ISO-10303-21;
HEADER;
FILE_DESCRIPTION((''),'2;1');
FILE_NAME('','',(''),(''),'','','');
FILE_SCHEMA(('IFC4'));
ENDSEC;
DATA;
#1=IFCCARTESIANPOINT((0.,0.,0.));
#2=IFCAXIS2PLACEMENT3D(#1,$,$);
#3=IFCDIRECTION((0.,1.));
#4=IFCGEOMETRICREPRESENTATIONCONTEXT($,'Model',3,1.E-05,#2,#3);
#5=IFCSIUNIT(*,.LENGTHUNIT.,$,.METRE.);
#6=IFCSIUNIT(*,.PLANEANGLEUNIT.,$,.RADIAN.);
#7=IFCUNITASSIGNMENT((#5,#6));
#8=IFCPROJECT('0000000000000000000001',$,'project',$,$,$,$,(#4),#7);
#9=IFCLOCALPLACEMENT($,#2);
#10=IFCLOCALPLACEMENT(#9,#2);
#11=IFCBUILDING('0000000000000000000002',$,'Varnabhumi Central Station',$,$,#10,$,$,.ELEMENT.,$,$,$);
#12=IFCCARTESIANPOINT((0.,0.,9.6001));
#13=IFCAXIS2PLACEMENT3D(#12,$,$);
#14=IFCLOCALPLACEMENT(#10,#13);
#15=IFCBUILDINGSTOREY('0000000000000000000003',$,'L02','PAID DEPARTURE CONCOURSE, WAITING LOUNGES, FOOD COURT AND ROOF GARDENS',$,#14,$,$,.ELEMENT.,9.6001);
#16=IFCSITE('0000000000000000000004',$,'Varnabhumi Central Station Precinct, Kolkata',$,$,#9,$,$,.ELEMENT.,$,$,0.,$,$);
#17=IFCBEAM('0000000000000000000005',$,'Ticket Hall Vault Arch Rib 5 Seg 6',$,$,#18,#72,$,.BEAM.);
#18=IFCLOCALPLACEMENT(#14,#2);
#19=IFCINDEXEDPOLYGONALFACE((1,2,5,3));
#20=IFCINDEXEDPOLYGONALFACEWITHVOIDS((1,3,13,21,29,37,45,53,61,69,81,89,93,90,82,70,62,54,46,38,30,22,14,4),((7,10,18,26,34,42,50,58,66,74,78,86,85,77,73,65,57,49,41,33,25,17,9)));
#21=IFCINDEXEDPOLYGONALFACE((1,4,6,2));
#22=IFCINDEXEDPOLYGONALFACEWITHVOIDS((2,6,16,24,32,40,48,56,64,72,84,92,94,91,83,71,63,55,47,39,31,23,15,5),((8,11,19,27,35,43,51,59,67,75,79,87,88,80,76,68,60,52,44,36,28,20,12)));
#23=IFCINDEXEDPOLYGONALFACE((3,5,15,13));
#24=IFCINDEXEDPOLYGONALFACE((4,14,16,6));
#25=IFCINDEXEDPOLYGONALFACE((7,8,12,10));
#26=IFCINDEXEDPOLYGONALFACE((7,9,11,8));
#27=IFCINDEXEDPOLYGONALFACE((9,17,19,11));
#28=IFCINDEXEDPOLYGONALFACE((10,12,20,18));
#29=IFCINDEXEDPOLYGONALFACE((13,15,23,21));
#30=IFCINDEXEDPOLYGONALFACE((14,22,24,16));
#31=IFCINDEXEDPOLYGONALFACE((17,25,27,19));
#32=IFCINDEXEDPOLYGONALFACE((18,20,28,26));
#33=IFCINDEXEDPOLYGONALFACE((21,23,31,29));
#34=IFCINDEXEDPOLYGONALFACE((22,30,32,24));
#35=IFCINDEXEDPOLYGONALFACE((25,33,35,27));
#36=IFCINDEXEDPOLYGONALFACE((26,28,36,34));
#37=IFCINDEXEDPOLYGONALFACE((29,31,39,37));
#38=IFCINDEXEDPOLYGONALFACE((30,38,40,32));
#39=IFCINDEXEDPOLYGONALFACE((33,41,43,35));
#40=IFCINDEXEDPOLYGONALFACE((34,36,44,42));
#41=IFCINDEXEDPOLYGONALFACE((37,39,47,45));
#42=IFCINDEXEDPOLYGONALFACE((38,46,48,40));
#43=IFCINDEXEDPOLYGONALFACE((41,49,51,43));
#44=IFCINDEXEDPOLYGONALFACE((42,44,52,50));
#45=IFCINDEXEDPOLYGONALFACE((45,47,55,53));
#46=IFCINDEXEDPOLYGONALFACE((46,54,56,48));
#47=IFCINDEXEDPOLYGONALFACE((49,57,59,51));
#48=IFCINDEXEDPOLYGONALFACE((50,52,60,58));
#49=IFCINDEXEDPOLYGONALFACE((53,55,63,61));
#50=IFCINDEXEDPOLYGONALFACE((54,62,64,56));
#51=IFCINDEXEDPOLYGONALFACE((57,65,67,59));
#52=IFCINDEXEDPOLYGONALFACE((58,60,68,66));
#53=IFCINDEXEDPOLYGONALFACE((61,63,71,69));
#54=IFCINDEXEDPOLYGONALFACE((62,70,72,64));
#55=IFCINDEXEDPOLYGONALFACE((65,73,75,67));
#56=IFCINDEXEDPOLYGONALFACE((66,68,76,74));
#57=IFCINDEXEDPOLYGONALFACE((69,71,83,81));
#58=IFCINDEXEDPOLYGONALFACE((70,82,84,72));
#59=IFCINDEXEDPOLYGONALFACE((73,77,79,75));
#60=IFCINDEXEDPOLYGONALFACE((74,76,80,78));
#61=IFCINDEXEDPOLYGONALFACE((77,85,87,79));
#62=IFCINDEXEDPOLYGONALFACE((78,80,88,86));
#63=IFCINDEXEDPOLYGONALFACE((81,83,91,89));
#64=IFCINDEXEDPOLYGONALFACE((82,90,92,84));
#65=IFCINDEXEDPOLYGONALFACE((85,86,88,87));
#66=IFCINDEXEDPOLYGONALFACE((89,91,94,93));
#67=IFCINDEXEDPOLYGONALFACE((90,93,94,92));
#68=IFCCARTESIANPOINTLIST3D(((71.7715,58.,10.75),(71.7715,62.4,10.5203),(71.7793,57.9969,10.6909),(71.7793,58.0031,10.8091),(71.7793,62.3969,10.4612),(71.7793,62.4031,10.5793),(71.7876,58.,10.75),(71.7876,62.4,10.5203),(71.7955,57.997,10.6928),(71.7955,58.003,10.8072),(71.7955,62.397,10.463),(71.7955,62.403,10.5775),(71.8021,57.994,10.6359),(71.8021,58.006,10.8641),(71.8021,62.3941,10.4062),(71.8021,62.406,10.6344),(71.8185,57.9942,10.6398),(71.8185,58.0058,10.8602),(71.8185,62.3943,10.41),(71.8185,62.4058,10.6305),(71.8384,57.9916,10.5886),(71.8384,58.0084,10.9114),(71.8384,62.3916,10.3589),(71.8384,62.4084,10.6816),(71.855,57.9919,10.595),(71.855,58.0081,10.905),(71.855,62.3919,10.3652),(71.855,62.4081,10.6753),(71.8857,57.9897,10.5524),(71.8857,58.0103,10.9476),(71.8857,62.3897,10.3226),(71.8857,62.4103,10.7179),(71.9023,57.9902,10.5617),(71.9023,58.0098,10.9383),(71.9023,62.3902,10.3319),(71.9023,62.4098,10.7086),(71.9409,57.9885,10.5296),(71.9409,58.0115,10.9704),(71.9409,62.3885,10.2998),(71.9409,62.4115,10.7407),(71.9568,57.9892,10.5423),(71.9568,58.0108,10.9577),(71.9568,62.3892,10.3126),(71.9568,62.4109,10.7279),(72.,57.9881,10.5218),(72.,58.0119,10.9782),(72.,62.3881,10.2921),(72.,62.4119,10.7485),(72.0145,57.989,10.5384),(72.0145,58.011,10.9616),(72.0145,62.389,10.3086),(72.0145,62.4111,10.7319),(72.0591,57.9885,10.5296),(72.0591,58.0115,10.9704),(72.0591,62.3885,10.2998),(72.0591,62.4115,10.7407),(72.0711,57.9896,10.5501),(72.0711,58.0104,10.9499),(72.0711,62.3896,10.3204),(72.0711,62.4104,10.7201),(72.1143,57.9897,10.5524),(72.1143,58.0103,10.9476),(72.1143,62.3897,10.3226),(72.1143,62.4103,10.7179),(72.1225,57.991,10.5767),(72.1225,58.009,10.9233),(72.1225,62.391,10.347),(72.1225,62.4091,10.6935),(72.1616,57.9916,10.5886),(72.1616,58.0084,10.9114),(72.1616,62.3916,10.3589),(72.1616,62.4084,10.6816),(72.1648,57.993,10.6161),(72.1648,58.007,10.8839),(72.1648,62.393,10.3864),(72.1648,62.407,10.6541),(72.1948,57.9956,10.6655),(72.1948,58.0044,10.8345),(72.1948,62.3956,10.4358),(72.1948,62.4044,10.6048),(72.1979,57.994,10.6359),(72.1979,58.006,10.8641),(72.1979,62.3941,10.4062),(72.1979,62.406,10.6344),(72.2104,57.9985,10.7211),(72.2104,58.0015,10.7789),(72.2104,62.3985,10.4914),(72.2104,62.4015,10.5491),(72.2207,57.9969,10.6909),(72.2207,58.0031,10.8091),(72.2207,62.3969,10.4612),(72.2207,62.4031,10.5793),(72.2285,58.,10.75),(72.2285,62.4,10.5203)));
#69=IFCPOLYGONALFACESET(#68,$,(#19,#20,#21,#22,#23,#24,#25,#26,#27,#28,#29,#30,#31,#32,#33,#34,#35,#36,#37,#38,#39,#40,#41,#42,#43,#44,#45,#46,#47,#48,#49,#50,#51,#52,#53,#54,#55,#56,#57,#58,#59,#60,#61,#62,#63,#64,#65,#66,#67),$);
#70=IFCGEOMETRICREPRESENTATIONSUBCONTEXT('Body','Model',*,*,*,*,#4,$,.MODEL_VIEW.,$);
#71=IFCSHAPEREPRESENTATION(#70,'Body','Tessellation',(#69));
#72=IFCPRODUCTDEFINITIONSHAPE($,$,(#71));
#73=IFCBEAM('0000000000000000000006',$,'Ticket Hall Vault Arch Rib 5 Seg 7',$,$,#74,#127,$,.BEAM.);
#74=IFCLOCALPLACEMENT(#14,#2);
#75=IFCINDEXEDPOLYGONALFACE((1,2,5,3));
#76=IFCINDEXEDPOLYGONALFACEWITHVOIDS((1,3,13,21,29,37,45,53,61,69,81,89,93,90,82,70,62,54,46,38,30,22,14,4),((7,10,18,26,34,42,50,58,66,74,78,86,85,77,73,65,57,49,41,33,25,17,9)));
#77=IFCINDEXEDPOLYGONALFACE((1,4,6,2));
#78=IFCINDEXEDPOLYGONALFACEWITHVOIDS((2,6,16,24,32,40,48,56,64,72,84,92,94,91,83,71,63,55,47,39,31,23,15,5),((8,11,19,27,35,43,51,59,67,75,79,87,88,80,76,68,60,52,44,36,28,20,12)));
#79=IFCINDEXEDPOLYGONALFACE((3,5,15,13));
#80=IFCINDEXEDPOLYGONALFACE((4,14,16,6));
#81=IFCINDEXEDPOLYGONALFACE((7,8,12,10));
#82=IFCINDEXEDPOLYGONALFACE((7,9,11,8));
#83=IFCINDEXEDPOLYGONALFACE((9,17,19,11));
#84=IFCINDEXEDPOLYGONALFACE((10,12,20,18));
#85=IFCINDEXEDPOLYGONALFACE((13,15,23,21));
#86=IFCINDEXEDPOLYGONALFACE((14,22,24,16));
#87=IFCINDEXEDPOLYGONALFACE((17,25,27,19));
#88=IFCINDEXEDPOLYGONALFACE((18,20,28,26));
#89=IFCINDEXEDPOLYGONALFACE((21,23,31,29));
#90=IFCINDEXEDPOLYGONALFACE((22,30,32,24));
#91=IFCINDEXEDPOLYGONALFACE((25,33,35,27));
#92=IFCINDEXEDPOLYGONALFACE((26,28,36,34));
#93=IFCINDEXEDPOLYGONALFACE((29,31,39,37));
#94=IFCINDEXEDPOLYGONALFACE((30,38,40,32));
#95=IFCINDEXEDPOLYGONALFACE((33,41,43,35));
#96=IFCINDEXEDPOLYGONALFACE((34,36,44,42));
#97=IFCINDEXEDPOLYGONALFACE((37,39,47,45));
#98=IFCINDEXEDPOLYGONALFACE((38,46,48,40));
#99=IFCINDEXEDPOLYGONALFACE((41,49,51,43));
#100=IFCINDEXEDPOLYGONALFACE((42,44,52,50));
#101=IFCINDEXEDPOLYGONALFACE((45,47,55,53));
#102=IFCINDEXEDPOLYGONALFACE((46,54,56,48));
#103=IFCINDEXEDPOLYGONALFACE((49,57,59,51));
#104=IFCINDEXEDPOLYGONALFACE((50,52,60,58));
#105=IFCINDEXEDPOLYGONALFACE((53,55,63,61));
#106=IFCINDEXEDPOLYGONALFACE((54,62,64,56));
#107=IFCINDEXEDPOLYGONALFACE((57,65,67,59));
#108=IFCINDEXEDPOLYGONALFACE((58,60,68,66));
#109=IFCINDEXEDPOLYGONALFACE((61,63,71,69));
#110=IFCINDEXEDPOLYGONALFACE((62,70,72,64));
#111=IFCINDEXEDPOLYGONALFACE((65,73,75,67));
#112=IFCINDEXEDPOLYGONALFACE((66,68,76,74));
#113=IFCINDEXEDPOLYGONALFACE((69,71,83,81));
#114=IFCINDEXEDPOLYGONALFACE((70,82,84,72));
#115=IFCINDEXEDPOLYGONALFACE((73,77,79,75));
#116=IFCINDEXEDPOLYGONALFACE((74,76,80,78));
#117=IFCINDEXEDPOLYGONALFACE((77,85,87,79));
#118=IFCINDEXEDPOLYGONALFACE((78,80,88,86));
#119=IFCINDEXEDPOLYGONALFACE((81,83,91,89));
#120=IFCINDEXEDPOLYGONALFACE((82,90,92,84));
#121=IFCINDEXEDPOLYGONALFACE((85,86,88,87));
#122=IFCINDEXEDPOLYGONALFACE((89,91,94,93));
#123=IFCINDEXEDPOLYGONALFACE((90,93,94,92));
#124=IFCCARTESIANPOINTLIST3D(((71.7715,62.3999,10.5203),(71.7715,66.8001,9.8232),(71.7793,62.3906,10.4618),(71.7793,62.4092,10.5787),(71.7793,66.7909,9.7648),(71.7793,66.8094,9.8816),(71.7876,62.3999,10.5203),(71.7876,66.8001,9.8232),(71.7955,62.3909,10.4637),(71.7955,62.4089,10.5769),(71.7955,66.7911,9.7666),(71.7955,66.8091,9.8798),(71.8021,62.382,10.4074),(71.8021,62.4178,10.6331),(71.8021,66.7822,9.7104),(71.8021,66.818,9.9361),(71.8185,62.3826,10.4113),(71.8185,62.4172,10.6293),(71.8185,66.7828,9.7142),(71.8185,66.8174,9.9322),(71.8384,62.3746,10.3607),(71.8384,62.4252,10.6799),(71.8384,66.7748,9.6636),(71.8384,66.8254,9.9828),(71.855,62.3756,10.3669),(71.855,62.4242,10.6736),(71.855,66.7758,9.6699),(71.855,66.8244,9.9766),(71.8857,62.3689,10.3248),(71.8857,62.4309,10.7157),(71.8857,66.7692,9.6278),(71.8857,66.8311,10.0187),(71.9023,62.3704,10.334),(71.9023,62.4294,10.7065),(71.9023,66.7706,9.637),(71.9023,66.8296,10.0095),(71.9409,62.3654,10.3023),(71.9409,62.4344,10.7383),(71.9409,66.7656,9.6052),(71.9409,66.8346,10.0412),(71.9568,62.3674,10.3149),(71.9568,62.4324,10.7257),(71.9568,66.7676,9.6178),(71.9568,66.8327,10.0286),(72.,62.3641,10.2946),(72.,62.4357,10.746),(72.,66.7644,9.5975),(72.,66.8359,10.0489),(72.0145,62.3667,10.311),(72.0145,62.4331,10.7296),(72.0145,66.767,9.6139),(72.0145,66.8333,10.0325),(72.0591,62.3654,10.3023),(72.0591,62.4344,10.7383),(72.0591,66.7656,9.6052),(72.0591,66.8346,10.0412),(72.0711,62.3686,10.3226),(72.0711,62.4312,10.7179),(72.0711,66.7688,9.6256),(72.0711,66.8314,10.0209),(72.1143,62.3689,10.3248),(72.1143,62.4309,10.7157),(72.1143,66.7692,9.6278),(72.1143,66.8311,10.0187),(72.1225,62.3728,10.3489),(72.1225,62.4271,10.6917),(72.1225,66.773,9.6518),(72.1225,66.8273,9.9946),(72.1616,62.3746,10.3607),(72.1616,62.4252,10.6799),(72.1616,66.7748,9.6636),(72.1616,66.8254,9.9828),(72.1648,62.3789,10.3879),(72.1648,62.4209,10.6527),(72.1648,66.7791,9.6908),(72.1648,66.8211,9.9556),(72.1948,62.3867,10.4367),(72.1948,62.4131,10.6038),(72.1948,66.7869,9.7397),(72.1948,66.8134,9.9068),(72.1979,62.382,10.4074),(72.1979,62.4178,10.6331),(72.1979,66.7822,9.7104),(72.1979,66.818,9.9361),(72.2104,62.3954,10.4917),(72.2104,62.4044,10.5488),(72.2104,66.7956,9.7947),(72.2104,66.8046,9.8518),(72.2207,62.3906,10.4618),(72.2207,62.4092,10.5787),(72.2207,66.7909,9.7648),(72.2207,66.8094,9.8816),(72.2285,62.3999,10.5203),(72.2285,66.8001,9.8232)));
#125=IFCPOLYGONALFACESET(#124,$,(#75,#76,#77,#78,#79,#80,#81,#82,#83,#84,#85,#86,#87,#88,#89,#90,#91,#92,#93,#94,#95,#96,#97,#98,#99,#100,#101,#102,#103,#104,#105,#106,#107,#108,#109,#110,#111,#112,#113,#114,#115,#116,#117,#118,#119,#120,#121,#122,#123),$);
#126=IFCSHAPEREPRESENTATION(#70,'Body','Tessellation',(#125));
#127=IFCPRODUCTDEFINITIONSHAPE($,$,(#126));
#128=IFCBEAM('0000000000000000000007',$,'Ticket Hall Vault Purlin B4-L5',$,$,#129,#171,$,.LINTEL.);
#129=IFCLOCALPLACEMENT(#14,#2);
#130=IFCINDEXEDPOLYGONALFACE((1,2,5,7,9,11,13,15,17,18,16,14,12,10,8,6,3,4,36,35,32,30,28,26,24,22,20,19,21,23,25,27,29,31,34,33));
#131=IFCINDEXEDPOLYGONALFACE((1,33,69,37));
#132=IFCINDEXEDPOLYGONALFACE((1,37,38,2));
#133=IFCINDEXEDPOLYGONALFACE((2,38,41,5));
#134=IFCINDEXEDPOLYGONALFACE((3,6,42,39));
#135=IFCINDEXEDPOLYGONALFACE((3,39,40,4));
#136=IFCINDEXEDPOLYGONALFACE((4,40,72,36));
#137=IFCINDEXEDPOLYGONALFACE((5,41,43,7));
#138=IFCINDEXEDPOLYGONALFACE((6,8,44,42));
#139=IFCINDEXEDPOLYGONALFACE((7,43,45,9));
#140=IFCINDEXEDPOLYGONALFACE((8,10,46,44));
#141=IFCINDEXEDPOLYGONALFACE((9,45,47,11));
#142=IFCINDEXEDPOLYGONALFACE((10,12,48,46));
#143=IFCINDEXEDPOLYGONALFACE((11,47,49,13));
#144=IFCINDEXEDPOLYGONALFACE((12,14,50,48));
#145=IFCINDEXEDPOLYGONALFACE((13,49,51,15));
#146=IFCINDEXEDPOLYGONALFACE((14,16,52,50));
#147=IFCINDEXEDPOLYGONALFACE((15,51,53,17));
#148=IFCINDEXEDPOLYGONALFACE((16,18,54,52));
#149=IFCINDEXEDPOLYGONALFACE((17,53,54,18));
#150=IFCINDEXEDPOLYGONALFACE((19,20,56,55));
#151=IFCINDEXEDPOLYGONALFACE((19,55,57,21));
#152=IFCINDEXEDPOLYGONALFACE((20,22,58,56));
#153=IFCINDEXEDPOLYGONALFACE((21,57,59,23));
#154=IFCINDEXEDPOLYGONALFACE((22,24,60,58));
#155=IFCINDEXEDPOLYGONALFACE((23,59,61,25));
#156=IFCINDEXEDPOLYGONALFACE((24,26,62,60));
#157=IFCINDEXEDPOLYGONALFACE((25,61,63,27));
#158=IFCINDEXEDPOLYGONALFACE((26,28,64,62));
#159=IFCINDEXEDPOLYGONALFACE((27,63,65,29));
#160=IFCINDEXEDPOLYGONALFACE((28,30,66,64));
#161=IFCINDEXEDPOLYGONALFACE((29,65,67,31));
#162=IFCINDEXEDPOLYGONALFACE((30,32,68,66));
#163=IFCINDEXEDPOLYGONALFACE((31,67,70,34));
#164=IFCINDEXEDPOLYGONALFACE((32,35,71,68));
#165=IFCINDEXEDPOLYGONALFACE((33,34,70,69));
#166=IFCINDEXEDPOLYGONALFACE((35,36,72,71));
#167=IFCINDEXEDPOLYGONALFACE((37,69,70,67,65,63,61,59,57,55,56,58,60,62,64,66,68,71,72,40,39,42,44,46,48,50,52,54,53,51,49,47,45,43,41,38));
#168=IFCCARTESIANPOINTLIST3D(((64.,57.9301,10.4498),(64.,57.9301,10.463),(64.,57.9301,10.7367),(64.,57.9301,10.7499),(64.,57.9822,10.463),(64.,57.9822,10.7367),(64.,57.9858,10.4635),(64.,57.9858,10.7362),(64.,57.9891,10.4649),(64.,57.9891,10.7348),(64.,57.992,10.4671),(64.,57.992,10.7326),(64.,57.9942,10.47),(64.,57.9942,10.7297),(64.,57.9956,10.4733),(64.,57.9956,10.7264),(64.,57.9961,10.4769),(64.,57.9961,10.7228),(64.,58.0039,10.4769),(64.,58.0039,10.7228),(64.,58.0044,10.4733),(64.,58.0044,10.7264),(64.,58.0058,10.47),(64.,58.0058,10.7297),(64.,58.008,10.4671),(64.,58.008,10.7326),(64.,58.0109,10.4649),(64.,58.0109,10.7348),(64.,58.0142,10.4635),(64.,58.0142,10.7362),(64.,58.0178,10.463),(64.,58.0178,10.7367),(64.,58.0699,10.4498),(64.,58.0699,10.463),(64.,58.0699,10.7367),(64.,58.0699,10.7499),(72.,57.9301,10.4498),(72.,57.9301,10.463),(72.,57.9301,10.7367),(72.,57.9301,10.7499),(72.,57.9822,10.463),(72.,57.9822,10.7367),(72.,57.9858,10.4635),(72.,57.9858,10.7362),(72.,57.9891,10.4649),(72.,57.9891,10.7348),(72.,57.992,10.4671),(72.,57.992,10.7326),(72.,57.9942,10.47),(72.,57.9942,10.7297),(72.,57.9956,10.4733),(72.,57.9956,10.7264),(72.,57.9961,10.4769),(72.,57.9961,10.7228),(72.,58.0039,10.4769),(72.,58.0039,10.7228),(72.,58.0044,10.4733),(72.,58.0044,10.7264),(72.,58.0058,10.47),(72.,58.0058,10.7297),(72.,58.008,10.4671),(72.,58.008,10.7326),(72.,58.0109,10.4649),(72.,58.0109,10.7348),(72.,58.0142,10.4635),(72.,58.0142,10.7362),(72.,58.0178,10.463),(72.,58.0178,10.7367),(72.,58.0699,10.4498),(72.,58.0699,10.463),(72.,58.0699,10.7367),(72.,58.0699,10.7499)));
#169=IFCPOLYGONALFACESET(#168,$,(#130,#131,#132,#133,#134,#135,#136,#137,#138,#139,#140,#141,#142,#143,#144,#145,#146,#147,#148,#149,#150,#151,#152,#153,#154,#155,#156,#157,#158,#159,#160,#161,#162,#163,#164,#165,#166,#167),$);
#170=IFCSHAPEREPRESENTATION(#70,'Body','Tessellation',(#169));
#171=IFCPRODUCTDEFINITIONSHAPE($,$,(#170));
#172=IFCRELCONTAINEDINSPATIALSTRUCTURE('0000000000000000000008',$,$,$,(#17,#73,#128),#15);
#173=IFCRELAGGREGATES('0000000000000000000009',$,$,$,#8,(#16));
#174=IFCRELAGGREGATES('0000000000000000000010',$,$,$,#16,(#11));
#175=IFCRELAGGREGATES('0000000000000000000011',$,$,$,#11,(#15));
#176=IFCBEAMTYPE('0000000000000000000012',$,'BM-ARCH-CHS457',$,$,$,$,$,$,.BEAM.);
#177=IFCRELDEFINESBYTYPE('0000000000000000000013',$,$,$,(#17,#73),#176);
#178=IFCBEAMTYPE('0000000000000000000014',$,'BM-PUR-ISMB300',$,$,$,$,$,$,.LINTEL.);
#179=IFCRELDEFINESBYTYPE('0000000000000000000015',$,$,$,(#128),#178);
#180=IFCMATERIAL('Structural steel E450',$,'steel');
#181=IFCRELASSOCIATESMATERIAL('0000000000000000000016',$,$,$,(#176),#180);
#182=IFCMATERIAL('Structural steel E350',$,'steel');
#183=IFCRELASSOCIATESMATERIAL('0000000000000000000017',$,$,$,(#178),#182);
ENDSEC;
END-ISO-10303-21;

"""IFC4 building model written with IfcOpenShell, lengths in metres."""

from ifc_helpers import new_model, si_unit, direction, frame, origin, origin_2d, place, context, subcontext, project, spatial, hollow_circle, i_section, extrude, material, material_profile, profile_set, type_object, element, save


model = new_model("IFC4")

# Units and contexts
model_context = context("Model", 3, precision=1e-05, world=origin(), true_north=direction((0.0, 1.0)))
body_context = subcontext(model_context, "Body", "Model", "MODEL_VIEW")
ifc_project = project(units=[si_unit("LENGTHUNIT", "METRE"), si_unit("PLANEANGLEUNIT", "RADIAN")], contexts=[model_context])

# Site, building, storey
site_placement = place(None, origin())
site = spatial("IfcSite", under=ifc_project, at=site_placement, Name="Varnabhumi Central Station Precinct, Kolkata", CompositionType="ELEMENT", RefElevation=0.0)
building_placement = place(site_placement, origin())
building = spatial("IfcBuilding", under=site, at=building_placement, Name="Varnabhumi Central Station", CompositionType="ELEMENT")
storey_placement = place(building_placement, frame((0.0, 0.0, 9.6001)))
storey = spatial("IfcBuildingStorey", under=building, at=storey_placement, Name="L02", Description="PAID DEPARTURE CONCOURSE, WAITING LOUNGES, FOOD COURT AND ROOF GARDENS", CompositionType="ELEMENT", Elevation=9.6001)

# Beams
ifc_material_1 = material(Name="Structural steel E450", Category="steel")
ifc_material_profile_1 = material_profile(ifc_material_1, hollow_circle(Radius=0.2285, WallThickness=0.0161, at=origin_2d()), Name="Structural steel E450", Category="steel")
ifc_profile_set_1 = profile_set([ifc_material_profile_1], Name="Structural steel E450")
beam_type_1 = type_object("IfcBeamType", Name="BM-ARCH-CHS457", PredefinedType="BEAM", material=ifc_profile_set_1)
beam_1_placement = place(storey_placement, frame((72.0, 58.0, 10.75), z_axis=(0.0, 0.99864, -0.052143), x_axis=(-1.0, 0.0, 0.0)))
element("IfcBeam", 1, at=beam_1_placement, inside=storey, type_object=beam_type_1, Name="Ticket Hall Vault Arch Rib 5 Seg 6", PredefinedType="BEAM", context=body_context, shape_type="SweptSolid", body=[
    extrude(hollow_circle(Radius=0.2285, WallThickness=0.0161, at=origin_2d()), origin(), (0.0, 0.0, 1.0), 4.406),
])
beam_2_placement = place(storey_placement, frame((72.0, 62.3999, 10.5203), z_axis=(0.0, 0.987685, -0.156458), x_axis=(-1.0, 0.0, 0.0)))
element("IfcBeam", 2, at=beam_2_placement, inside=storey, type_object=beam_type_1, Name="Ticket Hall Vault Arch Rib 5 Seg 7", PredefinedType="BEAM", context=body_context, shape_type="SweptSolid", body=[
    extrude(hollow_circle(Radius=0.2285, WallThickness=0.0161, at=origin_2d()), origin(), (0.0, 0.0, 1.0), 4.4551),
])
ifc_material_2 = material(Name="Structural steel E350", Category="steel")
ifc_material_profile_2 = material_profile(ifc_material_2, i_section(OverallWidth=0.1399, OverallDepth=0.3, WebThickness=0.0078, FlangeThickness=0.0132, FilletRadius=0.0139, at=origin_2d()), Name="Structural steel E350", Category="steel")
ifc_profile_set_2 = profile_set([ifc_material_profile_2], Name="Structural steel E350")
beam_type_2 = type_object("IfcBeamType", Name="BM-PUR-ISMB300", PredefinedType="LINTEL", material=ifc_profile_set_2)
for number, where, z_axis, x_axis, name in (
    (3, (64.0, 58.0, 10.5999), (1.0, 0.0, 0.0), (0.0, 1.0, 0.0), "Ticket Hall Vault Purlin B4-L5"),
):
    element("IfcBeam", number, at=place(storey_placement, frame(where, z_axis=z_axis, x_axis=x_axis)), inside=storey, type_object=beam_type_2, Name=name, PredefinedType="LINTEL", context=body_context, shape_type="SweptSolid", body=[
        extrude(i_section(OverallWidth=0.1399, OverallDepth=0.3, WebThickness=0.0078, FlangeThickness=0.0132, FilletRadius=0.0139, at=origin_2d()), origin(), (0.0, 0.0, 1.0), 8.0),
    ])

save(model, "model.ifc")
